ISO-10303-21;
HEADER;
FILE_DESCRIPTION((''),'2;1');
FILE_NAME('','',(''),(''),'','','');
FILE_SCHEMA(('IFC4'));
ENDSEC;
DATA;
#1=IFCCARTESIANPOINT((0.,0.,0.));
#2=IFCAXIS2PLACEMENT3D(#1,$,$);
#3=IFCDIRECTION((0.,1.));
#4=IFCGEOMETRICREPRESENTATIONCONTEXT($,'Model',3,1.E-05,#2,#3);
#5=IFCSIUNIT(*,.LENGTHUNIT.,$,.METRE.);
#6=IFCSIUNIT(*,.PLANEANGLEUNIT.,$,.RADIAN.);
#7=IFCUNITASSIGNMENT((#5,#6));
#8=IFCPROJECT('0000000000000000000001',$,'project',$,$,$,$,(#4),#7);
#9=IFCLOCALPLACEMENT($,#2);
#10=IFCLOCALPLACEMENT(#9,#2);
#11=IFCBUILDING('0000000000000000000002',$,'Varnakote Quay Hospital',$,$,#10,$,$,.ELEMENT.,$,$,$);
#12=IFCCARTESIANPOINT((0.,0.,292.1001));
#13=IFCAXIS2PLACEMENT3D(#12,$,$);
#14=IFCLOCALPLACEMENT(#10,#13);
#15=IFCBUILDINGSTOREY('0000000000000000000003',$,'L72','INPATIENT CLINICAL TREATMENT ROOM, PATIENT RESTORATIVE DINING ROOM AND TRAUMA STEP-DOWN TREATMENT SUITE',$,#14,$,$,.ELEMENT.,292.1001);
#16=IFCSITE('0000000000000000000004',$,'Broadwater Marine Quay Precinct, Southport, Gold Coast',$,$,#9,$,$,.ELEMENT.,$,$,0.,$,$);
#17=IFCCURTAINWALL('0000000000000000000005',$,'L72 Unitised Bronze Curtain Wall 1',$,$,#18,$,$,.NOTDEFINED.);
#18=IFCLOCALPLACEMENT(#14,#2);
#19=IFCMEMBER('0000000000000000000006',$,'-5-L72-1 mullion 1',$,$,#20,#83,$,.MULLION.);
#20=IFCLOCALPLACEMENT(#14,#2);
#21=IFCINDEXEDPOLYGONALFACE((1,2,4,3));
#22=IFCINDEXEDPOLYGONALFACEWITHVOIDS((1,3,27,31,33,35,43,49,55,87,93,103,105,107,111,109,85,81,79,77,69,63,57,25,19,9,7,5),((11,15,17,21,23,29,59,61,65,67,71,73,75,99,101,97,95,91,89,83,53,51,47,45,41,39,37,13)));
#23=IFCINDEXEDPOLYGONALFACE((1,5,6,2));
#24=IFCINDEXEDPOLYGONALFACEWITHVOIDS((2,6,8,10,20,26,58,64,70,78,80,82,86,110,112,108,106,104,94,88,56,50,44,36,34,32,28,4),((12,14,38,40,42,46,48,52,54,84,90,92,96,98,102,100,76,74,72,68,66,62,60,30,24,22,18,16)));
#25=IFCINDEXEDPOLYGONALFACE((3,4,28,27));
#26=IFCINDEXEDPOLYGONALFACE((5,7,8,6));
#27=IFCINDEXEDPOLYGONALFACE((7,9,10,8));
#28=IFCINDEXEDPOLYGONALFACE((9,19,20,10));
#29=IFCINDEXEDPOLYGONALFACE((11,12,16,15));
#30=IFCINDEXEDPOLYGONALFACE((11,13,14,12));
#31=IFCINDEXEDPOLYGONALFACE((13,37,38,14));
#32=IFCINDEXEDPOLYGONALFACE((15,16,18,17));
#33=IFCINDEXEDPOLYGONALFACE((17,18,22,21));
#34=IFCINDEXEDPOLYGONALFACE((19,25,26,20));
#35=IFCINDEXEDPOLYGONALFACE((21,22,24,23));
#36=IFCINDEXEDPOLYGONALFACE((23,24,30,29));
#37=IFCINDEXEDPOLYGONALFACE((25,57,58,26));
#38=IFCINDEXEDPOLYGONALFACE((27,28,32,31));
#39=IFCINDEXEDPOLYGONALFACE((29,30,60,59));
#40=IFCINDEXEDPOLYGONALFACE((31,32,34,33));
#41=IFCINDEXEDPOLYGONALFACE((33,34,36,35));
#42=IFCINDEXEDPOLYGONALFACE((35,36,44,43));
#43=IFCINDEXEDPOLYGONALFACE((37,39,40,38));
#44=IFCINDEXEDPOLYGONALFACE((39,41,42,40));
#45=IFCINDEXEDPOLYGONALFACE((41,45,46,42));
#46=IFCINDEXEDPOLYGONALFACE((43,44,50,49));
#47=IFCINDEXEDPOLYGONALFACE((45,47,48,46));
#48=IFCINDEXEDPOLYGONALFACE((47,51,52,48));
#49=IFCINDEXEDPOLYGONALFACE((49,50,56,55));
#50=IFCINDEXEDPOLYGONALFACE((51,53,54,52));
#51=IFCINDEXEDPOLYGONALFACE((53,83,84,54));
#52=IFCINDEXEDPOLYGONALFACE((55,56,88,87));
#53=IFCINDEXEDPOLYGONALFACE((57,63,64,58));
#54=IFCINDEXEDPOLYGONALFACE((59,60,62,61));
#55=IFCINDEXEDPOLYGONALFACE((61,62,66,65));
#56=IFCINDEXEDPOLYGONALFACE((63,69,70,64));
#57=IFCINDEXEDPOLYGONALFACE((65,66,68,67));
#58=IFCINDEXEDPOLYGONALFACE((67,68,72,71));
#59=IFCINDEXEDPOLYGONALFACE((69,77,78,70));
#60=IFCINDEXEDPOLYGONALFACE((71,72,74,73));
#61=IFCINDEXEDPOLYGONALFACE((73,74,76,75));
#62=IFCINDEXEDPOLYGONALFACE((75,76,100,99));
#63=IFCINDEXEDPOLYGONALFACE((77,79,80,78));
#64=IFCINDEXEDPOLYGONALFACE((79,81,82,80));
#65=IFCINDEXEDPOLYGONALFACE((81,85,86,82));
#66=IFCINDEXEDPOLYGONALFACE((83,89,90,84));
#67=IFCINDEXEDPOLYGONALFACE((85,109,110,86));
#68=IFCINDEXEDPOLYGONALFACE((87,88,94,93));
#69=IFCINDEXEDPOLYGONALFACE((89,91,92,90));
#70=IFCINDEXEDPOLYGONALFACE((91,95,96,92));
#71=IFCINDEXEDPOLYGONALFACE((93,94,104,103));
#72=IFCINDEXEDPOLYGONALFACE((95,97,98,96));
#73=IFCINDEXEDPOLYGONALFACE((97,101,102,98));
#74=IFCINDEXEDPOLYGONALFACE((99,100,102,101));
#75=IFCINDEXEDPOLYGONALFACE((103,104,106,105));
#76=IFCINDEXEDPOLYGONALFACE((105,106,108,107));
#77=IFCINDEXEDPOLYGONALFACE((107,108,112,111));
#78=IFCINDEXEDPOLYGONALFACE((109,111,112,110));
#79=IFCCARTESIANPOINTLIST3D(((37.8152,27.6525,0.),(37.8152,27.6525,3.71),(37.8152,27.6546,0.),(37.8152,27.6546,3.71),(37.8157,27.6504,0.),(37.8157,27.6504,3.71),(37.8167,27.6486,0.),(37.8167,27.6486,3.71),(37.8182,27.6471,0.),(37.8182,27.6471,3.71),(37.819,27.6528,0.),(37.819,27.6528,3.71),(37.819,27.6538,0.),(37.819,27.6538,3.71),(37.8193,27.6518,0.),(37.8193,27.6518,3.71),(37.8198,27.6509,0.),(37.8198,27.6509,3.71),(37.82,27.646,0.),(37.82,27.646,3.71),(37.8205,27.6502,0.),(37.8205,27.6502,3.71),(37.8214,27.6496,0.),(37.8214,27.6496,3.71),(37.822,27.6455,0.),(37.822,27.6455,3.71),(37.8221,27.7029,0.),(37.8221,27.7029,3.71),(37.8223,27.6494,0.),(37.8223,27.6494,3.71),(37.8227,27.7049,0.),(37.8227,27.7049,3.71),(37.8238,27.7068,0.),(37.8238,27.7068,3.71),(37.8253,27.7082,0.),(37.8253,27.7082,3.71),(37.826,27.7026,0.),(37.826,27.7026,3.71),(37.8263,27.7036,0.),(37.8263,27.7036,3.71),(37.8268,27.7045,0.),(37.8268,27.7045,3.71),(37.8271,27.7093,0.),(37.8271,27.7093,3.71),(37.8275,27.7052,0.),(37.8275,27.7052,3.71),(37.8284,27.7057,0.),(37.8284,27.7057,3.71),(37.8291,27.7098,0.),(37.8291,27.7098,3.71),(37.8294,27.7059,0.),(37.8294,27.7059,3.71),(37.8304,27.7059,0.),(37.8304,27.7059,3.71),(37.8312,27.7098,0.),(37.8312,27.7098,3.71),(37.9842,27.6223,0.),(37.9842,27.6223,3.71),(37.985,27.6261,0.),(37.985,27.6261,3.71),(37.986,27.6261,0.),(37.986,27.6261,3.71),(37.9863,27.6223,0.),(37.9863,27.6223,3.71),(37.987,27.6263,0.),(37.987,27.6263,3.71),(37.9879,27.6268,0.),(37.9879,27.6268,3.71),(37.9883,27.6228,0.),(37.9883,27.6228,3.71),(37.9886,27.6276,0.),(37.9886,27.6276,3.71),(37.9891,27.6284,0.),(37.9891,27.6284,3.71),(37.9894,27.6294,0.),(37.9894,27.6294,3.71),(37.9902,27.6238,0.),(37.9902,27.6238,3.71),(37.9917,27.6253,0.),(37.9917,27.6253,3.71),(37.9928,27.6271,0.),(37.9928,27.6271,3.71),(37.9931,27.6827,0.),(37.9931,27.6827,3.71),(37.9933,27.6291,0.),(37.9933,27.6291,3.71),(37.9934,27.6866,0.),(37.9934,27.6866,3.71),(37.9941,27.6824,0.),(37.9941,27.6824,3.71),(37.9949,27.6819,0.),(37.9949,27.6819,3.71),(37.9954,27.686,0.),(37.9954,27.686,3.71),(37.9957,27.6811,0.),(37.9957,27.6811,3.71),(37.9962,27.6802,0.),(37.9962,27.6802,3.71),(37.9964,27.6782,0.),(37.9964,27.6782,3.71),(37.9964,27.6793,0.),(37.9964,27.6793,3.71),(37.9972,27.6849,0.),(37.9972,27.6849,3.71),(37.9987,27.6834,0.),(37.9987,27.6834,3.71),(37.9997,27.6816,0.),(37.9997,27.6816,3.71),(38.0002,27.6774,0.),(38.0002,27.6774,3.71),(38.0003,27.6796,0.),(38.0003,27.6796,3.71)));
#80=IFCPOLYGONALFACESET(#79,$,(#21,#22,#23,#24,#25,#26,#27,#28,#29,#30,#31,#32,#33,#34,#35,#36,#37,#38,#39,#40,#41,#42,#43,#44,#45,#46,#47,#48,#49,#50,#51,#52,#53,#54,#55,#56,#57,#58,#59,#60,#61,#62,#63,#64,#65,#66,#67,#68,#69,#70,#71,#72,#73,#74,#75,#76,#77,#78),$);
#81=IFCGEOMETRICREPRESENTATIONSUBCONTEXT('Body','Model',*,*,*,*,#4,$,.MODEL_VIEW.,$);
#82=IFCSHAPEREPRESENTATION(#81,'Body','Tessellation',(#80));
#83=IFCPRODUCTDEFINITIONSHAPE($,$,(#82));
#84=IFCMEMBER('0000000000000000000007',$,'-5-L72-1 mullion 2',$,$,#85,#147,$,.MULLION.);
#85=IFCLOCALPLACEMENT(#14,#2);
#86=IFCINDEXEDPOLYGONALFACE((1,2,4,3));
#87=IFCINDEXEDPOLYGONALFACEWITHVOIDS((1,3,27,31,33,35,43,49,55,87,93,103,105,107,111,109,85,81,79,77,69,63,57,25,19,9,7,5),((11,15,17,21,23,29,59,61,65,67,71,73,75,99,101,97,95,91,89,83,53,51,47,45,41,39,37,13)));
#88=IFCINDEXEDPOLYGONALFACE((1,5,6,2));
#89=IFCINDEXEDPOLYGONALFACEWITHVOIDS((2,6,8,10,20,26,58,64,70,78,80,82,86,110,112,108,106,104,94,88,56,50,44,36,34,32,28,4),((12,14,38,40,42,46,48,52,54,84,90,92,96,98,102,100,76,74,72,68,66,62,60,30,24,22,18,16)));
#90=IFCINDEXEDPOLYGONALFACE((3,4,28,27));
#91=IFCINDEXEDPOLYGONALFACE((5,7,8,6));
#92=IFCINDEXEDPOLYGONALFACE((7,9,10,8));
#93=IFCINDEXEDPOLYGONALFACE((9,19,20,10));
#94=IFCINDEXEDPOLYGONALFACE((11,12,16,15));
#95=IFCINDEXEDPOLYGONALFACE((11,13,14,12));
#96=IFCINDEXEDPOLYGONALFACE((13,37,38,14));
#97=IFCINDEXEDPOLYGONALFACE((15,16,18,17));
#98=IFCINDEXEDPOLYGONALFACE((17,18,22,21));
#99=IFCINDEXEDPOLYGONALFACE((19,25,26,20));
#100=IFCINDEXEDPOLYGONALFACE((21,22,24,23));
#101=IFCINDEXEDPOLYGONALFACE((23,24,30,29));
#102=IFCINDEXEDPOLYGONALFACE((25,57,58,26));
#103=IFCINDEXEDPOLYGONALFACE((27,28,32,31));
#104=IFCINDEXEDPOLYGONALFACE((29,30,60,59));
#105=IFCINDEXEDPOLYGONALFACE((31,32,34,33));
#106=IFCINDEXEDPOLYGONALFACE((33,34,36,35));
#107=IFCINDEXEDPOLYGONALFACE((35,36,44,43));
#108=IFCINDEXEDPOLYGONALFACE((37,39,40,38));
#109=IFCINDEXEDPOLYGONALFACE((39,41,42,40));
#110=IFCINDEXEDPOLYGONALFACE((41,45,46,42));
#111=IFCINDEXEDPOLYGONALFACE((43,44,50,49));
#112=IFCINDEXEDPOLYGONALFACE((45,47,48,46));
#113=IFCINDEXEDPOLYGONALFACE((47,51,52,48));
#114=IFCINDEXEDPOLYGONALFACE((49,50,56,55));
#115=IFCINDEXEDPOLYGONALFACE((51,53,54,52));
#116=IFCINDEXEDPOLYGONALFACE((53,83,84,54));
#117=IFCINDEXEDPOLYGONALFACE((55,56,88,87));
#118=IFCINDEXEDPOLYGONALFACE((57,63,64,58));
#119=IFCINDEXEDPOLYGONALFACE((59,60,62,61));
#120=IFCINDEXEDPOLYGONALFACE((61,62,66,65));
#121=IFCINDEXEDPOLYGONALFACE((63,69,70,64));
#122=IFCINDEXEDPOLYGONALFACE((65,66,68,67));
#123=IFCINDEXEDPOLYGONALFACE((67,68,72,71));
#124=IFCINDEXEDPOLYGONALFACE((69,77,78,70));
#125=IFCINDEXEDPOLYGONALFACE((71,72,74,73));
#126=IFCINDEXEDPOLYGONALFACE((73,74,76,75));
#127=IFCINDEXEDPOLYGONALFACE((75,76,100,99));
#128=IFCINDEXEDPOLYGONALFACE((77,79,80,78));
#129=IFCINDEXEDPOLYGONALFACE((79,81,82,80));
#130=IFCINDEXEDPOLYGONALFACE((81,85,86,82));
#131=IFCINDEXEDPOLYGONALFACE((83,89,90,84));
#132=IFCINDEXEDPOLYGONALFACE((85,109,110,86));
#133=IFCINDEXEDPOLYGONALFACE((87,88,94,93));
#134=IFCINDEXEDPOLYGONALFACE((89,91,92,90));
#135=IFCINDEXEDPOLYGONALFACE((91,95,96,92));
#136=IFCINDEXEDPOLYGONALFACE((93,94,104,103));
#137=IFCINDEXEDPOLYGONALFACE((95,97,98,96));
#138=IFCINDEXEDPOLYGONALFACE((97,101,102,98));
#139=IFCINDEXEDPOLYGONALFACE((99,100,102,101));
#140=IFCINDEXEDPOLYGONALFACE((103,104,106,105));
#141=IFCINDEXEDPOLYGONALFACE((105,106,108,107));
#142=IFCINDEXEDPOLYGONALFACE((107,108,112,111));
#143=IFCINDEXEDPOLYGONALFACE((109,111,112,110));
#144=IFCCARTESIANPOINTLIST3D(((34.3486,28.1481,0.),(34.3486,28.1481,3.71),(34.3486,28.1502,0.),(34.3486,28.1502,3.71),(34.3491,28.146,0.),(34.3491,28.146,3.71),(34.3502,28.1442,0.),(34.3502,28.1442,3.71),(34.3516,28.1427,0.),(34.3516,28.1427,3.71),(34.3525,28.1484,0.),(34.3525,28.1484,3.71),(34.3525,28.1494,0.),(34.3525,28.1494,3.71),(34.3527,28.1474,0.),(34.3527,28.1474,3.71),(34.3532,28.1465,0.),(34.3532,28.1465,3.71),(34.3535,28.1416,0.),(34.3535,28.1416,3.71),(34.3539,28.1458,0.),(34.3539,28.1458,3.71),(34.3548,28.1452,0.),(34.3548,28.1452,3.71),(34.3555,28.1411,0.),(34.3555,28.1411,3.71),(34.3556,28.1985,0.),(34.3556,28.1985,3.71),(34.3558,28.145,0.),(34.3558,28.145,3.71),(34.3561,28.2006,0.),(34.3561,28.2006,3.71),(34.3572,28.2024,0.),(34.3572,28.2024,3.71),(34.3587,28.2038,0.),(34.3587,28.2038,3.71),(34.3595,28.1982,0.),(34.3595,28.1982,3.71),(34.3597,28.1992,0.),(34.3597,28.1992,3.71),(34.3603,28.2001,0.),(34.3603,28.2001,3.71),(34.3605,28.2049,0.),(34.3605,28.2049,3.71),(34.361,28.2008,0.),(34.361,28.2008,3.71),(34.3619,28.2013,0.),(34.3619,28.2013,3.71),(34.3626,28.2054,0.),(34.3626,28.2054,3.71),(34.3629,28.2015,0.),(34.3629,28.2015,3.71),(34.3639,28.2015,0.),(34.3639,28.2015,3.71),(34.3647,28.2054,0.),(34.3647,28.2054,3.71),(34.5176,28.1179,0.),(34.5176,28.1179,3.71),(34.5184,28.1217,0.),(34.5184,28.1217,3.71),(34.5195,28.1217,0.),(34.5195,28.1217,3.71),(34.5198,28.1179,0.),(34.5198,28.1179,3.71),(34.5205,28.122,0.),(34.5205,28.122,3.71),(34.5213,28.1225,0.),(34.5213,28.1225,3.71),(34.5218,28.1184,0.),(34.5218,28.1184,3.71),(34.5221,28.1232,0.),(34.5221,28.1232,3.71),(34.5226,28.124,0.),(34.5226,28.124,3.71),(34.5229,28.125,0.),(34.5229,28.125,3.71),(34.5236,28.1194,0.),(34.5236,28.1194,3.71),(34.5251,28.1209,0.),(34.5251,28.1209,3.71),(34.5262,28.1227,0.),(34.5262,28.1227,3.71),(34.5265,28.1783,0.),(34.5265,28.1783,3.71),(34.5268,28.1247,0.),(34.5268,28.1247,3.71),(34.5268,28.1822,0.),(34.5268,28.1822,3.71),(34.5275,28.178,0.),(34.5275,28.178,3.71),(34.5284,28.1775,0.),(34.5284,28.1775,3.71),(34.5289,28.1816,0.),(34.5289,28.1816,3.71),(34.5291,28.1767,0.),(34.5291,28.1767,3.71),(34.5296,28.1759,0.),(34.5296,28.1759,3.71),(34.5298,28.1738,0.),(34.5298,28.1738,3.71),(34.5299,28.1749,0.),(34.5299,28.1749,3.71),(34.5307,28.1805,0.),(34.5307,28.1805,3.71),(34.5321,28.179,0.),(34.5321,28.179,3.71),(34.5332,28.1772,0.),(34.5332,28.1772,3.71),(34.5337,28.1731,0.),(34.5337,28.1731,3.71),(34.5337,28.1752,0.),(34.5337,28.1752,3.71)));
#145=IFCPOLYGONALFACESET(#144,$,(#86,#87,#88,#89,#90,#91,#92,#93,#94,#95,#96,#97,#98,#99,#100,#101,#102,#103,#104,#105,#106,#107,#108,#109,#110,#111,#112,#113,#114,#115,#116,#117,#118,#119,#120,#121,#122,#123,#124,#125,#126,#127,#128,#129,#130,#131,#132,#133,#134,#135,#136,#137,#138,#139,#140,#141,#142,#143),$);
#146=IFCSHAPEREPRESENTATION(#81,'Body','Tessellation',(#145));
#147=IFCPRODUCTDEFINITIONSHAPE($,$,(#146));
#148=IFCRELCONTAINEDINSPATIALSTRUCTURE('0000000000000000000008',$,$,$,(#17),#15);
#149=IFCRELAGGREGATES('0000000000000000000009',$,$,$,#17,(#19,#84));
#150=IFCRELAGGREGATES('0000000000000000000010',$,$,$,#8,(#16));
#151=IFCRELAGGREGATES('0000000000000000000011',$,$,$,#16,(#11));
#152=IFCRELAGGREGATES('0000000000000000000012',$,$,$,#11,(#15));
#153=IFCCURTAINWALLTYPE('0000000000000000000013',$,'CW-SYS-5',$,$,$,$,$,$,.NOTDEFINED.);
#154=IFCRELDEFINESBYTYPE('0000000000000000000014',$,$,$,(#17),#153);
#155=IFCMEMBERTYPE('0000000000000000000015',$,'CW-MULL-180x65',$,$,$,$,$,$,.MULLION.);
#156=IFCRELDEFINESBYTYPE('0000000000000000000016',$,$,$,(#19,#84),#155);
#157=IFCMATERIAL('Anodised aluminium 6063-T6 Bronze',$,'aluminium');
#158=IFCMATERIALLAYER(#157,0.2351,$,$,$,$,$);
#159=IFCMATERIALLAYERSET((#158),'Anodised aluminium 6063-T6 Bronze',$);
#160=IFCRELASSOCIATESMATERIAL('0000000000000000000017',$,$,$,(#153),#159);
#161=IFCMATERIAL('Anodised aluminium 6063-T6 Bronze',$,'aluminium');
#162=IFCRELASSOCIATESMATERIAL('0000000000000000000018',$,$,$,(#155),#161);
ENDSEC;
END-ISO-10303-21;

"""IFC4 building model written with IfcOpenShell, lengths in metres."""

from ifc_helpers import new_model, si_unit, direction, frame, origin, origin_2d, place, context, subcontext, project, spatial, hollow_rectangle, extrude, material, layer, layer_set, material_profile, profile_set, type_object, element, aggregate, save


model = new_model("IFC4")

# Units and contexts
model_context = context("Model", 3, precision=1e-05, world=origin(), true_north=direction((0.0, 1.0)))
body_context = subcontext(model_context, "Body", "Model", "MODEL_VIEW")
ifc_project = project(units=[si_unit("LENGTHUNIT", "METRE"), si_unit("PLANEANGLEUNIT", "RADIAN")], contexts=[model_context])

# Site, building, storey
site_placement = place(None, origin())
site = spatial("IfcSite", under=ifc_project, at=site_placement, Name="Broadwater Marine Quay Precinct, Southport, Gold Coast", CompositionType="ELEMENT", RefElevation=0.0)
building_placement = place(site_placement, origin())
building = spatial("IfcBuilding", under=site, at=building_placement, Name="Varnakote Quay Hospital", CompositionType="ELEMENT")
storey_placement = place(building_placement, frame((0.0, 0.0, 292.1001)))
storey = spatial("IfcBuildingStorey", under=building, at=storey_placement, Name="L72", Description="INPATIENT CLINICAL TREATMENT ROOM, PATIENT RESTORATIVE DINING ROOM AND TRAUMA STEP-DOWN TREATMENT SUITE", CompositionType="ELEMENT", Elevation=292.1001)

# Curtain wall, members
ifc_material_1 = material(Name="Anodised aluminium 6063-T6 Bronze", Category="aluminium")
ifc_layer_1 = layer(ifc_material_1, 0.2351)
ifc_layer_set_1 = layer_set([ifc_layer_1], Name="Anodised aluminium 6063-T6 Bronze")
curtain_wall_type = type_object("IfcCurtainWallType", Name="CW-SYS-5", PredefinedType="NOTDEFINED", material=ifc_layer_set_1)
curtain_wall_placement = place(storey_placement, origin())
curtain_wall = element("IfcCurtainWall", 1, at=curtain_wall_placement, inside=storey, type_object=curtain_wall_type, Name="L72 Unitised Bronze Curtain Wall 1", PredefinedType="NOTDEFINED")
ifc_material_2 = material(Name="Anodised aluminium 6063-T6 Bronze", Category="aluminium")
ifc_material_profile_1 = material_profile(ifc_material_2, hollow_rectangle(XDim=0.0649, YDim=0.1799, WallThickness=0.0039, InnerFilletRadius=0.0039, OuterFilletRadius=0.0081, at=origin_2d()), Name="CW-MULL-180x65")
ifc_profile_set_1 = profile_set([ifc_material_profile_1], Name="Anodised aluminium 6063-T6 Bronze")
member_type_1 = type_object("IfcMemberType", Name="CW-MULL-180x65", PredefinedType="MULLION", material=ifc_profile_set_1)
member_1_placement = place(storey_placement, frame((37.9077, 27.666, 0.0), z_axis=(0.0, 0.0, 1.0), x_axis=(-0.141572, -0.989928, 0.0)))
member_1 = element("IfcMember", 2, at=member_1_placement, type_object=member_type_1, Name="-5-L72-1 mullion 1", PredefinedType="MULLION", context=body_context, shape_type="SweptSolid", body=[
    extrude(hollow_rectangle(XDim=0.0649, YDim=0.1799, WallThickness=0.0039, InnerFilletRadius=0.0039, OuterFilletRadius=0.0081, at=origin_2d()), origin(), (0.0, 0.0, 1.0), 3.71),
])
member_2_placement = place(storey_placement, frame((34.4412, 28.1616, 0.0), z_axis=(0.0, 0.0, 1.0), x_axis=(-0.141572, -0.989928, 0.0)))
member_2 = element("IfcMember", 3, at=member_2_placement, type_object=member_type_1, Name="-5-L72-1 mullion 2", PredefinedType="MULLION", context=body_context, shape_type="SweptSolid", body=[
    extrude(hollow_rectangle(XDim=0.0649, YDim=0.1799, WallThickness=0.0039, InnerFilletRadius=0.0039, OuterFilletRadius=0.0081, at=origin_2d()), origin(), (0.0, 0.0, 1.0), 3.71),
])
aggregate(curtain_wall, [member_1, member_2])

save(model, "model.ifc")
